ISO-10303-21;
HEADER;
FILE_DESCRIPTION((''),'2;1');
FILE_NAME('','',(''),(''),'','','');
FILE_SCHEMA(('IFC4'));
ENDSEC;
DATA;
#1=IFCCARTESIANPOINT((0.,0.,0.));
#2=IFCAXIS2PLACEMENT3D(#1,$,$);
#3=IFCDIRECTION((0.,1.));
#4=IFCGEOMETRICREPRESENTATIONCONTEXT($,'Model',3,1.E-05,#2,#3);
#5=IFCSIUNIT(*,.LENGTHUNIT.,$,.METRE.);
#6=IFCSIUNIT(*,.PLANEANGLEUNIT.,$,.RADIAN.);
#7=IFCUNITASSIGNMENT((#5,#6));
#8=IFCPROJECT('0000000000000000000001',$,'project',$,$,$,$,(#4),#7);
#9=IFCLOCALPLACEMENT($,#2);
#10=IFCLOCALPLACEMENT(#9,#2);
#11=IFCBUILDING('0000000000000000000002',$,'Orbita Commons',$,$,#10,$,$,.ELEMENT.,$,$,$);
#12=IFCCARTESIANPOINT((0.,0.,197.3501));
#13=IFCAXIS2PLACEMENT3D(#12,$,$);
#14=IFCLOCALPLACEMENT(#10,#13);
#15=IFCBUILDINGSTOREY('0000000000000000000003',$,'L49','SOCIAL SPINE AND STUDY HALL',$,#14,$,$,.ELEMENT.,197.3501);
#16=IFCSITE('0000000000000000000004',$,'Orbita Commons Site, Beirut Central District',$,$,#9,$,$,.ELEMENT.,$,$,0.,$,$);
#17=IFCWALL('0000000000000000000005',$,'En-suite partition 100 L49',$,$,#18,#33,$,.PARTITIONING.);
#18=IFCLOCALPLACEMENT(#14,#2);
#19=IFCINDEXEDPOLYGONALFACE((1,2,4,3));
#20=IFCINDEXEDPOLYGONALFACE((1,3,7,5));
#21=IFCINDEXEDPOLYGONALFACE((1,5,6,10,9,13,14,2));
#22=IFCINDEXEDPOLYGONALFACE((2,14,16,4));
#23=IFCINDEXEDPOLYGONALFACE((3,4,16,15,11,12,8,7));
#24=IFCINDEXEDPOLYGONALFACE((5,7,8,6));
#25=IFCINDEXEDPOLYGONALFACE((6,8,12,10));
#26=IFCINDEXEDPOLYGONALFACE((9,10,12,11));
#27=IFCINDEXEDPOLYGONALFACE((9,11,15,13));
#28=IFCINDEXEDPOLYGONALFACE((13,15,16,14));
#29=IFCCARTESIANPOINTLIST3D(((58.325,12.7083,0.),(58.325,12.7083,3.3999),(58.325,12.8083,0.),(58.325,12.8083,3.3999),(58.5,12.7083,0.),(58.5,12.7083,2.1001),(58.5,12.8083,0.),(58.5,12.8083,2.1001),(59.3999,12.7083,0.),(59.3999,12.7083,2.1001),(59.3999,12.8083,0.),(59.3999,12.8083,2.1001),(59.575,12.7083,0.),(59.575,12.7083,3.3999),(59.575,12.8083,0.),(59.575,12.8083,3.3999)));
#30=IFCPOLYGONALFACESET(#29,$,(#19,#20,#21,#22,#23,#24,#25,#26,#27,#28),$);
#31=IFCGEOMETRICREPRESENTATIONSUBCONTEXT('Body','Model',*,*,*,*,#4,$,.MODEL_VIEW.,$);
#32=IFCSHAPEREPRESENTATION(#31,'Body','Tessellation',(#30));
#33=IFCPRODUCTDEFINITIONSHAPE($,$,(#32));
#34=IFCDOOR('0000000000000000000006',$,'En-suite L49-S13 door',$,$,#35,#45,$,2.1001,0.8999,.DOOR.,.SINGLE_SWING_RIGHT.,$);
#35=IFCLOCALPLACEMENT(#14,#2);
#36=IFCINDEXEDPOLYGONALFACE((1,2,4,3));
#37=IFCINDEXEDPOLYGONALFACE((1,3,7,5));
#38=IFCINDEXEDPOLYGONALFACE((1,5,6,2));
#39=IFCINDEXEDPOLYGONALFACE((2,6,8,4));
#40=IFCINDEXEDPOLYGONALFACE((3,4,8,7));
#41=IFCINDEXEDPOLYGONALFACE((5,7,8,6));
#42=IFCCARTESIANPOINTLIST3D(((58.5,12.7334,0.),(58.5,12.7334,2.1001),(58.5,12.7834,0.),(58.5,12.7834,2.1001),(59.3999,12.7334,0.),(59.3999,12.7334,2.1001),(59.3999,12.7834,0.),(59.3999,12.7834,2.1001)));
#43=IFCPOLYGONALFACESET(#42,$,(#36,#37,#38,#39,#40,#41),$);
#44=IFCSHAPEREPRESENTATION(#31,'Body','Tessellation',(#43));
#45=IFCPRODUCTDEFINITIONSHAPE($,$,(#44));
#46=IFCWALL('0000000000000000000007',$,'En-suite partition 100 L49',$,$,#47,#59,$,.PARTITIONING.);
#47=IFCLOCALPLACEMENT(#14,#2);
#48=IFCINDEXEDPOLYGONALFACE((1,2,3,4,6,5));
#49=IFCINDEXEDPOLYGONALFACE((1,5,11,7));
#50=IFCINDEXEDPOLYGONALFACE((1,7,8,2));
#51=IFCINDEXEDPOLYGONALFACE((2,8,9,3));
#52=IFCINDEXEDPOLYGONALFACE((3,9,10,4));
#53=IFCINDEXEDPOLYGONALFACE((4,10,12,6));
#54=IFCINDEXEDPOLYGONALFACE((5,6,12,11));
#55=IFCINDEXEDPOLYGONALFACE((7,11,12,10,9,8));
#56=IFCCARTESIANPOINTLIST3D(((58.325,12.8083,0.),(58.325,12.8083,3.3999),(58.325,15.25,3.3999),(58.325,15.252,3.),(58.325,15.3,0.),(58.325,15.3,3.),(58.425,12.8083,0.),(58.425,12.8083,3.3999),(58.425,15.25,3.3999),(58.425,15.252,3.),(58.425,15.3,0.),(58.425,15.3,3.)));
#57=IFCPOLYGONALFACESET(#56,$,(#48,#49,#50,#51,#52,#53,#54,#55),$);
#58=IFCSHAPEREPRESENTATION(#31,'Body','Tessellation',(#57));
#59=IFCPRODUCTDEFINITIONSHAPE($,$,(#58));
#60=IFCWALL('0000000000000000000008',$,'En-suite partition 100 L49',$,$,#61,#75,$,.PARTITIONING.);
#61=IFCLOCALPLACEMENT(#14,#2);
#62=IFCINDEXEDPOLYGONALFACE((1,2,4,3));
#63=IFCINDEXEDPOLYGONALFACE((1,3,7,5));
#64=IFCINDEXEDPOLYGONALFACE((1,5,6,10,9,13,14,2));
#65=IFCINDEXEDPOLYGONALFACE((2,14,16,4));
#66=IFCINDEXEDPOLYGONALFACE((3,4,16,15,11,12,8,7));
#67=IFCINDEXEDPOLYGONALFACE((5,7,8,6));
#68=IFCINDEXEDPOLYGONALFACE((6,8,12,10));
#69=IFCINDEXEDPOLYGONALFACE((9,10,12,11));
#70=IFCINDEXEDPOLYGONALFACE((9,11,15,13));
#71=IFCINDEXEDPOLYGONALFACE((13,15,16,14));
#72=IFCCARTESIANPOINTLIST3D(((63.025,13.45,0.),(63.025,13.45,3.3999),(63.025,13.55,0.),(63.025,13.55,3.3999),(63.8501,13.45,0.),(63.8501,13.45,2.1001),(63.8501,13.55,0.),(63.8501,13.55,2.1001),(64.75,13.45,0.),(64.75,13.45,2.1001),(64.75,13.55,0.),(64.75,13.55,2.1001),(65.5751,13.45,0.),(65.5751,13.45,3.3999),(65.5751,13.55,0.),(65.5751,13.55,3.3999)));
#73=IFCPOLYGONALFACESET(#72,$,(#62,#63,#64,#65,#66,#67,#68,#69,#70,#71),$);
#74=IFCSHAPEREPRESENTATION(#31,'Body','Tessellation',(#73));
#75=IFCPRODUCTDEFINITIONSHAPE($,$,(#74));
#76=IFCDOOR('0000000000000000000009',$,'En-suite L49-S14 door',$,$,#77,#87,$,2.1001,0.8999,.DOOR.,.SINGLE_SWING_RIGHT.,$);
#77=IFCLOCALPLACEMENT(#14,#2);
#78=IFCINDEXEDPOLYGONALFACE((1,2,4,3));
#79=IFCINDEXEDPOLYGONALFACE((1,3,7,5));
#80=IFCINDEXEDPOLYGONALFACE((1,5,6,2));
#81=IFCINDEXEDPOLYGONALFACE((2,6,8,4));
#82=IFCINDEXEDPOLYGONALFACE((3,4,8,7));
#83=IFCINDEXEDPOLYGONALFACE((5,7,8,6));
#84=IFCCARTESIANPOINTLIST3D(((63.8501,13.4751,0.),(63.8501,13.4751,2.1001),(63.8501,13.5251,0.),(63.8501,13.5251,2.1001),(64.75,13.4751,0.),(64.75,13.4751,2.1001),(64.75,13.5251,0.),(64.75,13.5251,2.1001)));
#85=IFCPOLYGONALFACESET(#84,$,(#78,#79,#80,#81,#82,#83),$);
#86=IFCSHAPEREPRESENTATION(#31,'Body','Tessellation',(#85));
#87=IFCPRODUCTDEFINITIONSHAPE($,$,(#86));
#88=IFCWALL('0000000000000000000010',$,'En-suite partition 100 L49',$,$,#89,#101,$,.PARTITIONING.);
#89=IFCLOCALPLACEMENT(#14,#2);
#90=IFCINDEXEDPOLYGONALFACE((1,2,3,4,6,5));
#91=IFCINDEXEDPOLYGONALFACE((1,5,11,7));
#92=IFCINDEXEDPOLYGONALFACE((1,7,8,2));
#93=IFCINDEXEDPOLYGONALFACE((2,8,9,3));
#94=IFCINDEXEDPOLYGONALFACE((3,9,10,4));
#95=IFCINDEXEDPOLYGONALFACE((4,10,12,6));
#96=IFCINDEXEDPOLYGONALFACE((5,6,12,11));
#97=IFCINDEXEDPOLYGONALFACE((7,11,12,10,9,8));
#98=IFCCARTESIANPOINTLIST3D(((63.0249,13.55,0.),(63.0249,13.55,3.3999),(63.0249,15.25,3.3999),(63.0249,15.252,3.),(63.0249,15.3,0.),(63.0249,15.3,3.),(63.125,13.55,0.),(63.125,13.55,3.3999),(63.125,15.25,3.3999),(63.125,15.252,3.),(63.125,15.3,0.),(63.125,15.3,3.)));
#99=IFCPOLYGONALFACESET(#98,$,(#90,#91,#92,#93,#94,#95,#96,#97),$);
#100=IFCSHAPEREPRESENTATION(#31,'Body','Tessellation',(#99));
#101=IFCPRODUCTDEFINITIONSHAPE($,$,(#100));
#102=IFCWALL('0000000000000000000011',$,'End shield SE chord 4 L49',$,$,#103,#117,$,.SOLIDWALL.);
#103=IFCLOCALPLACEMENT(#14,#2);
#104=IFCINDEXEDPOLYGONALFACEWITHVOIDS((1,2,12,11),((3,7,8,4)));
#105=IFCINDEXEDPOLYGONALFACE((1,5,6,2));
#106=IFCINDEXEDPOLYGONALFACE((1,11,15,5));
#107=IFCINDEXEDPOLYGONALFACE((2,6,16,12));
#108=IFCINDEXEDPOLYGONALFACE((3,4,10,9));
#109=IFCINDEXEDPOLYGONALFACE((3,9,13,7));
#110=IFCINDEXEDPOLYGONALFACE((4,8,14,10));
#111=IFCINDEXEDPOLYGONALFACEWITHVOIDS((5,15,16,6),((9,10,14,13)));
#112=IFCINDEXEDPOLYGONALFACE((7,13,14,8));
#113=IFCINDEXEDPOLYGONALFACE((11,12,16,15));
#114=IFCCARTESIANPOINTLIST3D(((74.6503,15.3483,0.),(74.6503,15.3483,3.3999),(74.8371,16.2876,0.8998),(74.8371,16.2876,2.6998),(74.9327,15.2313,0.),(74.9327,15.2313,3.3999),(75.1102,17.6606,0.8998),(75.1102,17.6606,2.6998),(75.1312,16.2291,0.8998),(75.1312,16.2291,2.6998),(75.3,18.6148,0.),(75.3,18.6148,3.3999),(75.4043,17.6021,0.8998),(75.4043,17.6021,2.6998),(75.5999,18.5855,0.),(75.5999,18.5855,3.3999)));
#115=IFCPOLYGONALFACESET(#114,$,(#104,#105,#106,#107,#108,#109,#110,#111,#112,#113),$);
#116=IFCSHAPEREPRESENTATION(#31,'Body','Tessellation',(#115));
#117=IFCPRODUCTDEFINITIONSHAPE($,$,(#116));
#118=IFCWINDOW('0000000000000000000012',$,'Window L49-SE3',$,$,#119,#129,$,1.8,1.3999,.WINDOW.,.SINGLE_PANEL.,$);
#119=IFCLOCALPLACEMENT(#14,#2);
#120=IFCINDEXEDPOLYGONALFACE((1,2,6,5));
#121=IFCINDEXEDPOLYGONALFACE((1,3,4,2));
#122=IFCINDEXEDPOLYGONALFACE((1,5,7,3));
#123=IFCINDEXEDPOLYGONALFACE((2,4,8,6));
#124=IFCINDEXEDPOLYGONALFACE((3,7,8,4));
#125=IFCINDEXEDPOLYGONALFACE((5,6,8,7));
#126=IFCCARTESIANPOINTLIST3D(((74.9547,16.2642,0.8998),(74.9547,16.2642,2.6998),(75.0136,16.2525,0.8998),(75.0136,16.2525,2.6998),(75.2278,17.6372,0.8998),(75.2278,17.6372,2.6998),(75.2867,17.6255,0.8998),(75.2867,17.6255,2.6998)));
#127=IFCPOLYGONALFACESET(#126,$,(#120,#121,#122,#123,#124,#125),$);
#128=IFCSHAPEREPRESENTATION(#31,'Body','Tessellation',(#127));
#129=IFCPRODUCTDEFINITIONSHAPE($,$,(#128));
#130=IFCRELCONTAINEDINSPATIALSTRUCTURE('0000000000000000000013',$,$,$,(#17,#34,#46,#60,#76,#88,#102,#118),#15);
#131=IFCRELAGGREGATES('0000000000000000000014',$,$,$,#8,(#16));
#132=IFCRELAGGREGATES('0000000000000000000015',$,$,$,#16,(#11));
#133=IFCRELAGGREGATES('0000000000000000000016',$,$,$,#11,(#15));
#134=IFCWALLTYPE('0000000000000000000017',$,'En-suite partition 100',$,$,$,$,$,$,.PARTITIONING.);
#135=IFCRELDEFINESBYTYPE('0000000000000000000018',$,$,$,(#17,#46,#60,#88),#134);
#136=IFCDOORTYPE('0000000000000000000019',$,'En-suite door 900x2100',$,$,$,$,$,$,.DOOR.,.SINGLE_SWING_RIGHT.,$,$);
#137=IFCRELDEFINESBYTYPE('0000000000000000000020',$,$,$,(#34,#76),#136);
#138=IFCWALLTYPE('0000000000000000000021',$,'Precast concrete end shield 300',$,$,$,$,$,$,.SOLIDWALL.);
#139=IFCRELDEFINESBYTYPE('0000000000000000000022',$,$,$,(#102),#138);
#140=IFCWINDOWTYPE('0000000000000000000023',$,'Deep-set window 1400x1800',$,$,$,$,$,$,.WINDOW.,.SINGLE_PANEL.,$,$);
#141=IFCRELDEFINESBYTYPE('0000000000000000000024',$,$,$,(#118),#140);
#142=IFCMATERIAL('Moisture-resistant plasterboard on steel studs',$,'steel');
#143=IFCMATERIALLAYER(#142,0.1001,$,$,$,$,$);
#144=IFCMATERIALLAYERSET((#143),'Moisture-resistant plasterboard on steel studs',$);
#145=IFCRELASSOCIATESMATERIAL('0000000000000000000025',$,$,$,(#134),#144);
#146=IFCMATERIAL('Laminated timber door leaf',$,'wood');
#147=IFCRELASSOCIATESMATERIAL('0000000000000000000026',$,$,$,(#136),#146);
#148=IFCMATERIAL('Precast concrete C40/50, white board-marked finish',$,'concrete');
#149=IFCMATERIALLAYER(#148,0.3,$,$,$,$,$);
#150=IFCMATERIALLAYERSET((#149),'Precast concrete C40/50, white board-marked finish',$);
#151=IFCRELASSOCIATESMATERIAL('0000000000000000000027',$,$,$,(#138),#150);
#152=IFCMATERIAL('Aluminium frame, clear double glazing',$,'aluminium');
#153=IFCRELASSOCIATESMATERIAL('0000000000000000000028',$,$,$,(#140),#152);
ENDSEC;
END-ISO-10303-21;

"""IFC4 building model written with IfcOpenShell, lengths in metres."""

from ifc_helpers import new_model, si_unit, direction, frame, frame_2d, origin, place, context, subcontext, project, spatial, polyline, rectangle, outline, extrude, material, layer, layer_set, type_object, element, fill, save


model = new_model("IFC4")

# Units and contexts
model_context = context("Model", 3, precision=1e-05, world=origin(), true_north=direction((0.0, 1.0)))
body_context = subcontext(model_context, "Body", "Model", "MODEL_VIEW")
ifc_project = project(units=[si_unit("LENGTHUNIT", "METRE"), si_unit("PLANEANGLEUNIT", "RADIAN")], contexts=[model_context])

# Site, building, storey
site_placement = place(None, origin())
site = spatial("IfcSite", under=ifc_project, at=site_placement, Name="Orbita Commons Site, Beirut Central District", CompositionType="ELEMENT", RefElevation=0.0)
building_placement = place(site_placement, origin())
building = spatial("IfcBuilding", under=site, at=building_placement, Name="Orbita Commons", CompositionType="ELEMENT")
storey_placement = place(building_placement, frame((0.0, 0.0, 197.3501)))
storey = spatial("IfcBuildingStorey", under=building, at=storey_placement, Name="L49", Description="SOCIAL SPINE AND STUDY HALL", CompositionType="ELEMENT", Elevation=197.3501)

# Wall, opening, door
ifc_material_1 = material(Name="Moisture-resistant plasterboard on steel studs", Category="steel")
ifc_layer_1 = layer(ifc_material_1, 0.1001)
ifc_layer_set_1 = layer_set([ifc_layer_1], Name="Moisture-resistant plasterboard on steel studs")
wall_type_1 = type_object("IfcWallType", Name="En-suite partition 100", PredefinedType="PARTITIONING", material=ifc_layer_set_1)
wall_1_placement = place(storey_placement, frame((59.575, 12.7583, 0.0), z_axis=(0.0, 0.0, 1.0), x_axis=(-1.0, 0.0, 0.0)))
wall_1 = element("IfcWall", 1, at=wall_1_placement, inside=storey, type_object=wall_type_1, Name="En-suite partition 100 L49", PredefinedType="PARTITIONING", context=body_context, shape_type="SweptSolid", body=[
    extrude(rectangle(XDim=1.25, YDim=0.1001, at=frame_2d((0.625, 0.0))), origin(), (0.0, 0.0, 1.0), 3.3999),
])
opening_1_placement = place(wall_1_placement, frame((0.175, 0.0, 0.0)))
opening_1 = element("IfcOpeningElement", 2, at=opening_1_placement, cuts=wall_1, PredefinedType="OPENING", context=body_context, shape_type="SweptSolid", body=[
    extrude(rectangle(XDim=0.8999, YDim=2.1001, at=frame_2d((0.45, 1.05))), frame((0.0, 0.0601, 0.0), z_axis=(0.0, -1.0, 0.0), x_axis=(1.0, 0.0, 0.0)), (0.0, 0.0, 1.0), 0.1201),
])
ifc_material_2 = material(Name="Laminated timber door leaf", Category="wood")
door_type_1 = type_object("IfcDoorType", Name="En-suite door 900x2100", OperationType="SINGLE_SWING_RIGHT", PredefinedType="DOOR", material=ifc_material_2)
door_1_placement = place(opening_1_placement, origin())
door_1 = element("IfcDoor", 3, at=door_1_placement, inside=storey, type_object=door_type_1, Name="En-suite L49-S13 door", OperationType="SINGLE_SWING_RIGHT", OverallHeight=2.1001, OverallWidth=0.8999, PredefinedType="DOOR", context=body_context, shape_type="SweptSolid", body=[
    extrude(rectangle(XDim=0.8999, YDim=2.1001, at=frame_2d((0.45, 1.05))), frame((0.0, 0.0249, 0.0), z_axis=(0.0, -1.0, 0.0), x_axis=(1.0, 0.0, 0.0)), (0.0, 0.0, 1.0), 0.05),
])
fill(opening_1, door_1)

# Wall
wall_2_placement = place(storey_placement, frame((58.375, 12.8083, 0.0), z_axis=(0.0, 0.0, 1.0), x_axis=(0.0, 1.0, 0.0)))
element("IfcWall", 4, at=wall_2_placement, inside=storey, type_object=wall_type_1, Name="En-suite partition 100 L49", PredefinedType="PARTITIONING", context=body_context, shape_type="SweptSolid", body=[
    extrude(outline(polyline([(0.0, 0.0), (2.4917, 0.0), (2.4917, 3.0), (2.4436, 3.0), (2.4417, 3.3999), (0.0, 3.3999), (0.0, 0.0)])), frame((0.0, 0.05, 0.0), z_axis=(0.0, -1.0, 0.0), x_axis=(1.0, 0.0, 0.0)), (0.0, 0.0, 1.0), 0.1001),
])

# Wall, opening, door
wall_3_placement = place(storey_placement, frame((65.575, 13.5, 0.0), z_axis=(0.0, 0.0, 1.0), x_axis=(-1.0, 0.0, 0.0)))
wall_3 = element("IfcWall", 5, at=wall_3_placement, inside=storey, type_object=wall_type_1, Name="En-suite partition 100 L49", PredefinedType="PARTITIONING", context=body_context, shape_type="SweptSolid", body=[
    extrude(rectangle(XDim=2.55, YDim=0.1001, at=frame_2d((1.2749, 0.0))), origin(), (0.0, 0.0, 1.0), 3.3999),
])
opening_2_placement = place(wall_3_placement, frame((0.825, 0.0, 0.0)))
opening_2 = element("IfcOpeningElement", 6, at=opening_2_placement, cuts=wall_3, PredefinedType="OPENING", context=body_context, shape_type="SweptSolid", body=[
    extrude(rectangle(XDim=0.8999, YDim=2.1001, at=frame_2d((0.45, 1.05))), frame((0.0, 0.0601, 0.0), z_axis=(0.0, -1.0, 0.0), x_axis=(1.0, 0.0, 0.0)), (0.0, 0.0, 1.0), 0.1201),
])
door_2_placement = place(opening_2_placement, origin())
door_2 = element("IfcDoor", 7, at=door_2_placement, inside=storey, type_object=door_type_1, Name="En-suite L49-S14 door", OperationType="SINGLE_SWING_RIGHT", OverallHeight=2.1001, OverallWidth=0.8999, PredefinedType="DOOR", context=body_context, shape_type="SweptSolid", body=[
    extrude(rectangle(XDim=0.8999, YDim=2.1001, at=frame_2d((0.45, 1.05))), frame((0.0, 0.0249, 0.0), z_axis=(0.0, -1.0, 0.0), x_axis=(1.0, 0.0, 0.0)), (0.0, 0.0, 1.0), 0.05),
])
fill(opening_2, door_2)

# Wall
wall_4_placement = place(storey_placement, frame((63.075, 13.55, 0.0), z_axis=(0.0, 0.0, 1.0), x_axis=(0.0, 1.0, 0.0)))
element("IfcWall", 8, at=wall_4_placement, inside=storey, type_object=wall_type_1, Name="En-suite partition 100 L49", PredefinedType="PARTITIONING", context=body_context, shape_type="SweptSolid", body=[
    extrude(outline(polyline([(0.0, 0.0), (1.75, 0.0), (1.75, 3.0), (1.7019, 3.0), (1.7, 3.3999), (0.0, 3.3999), (0.0, 0.0)])), frame((0.0, 0.05, 0.0), z_axis=(0.0, -1.0, 0.0), x_axis=(1.0, 0.0, 0.0)), (0.0, 0.0, 1.0), 0.1001),
])

# Wall, opening, window
ifc_material_3 = material(Name="Precast concrete C40/50, white board-marked finish", Category="concrete")
ifc_layer_2 = layer(ifc_material_3, 0.3)
ifc_layer_set_2 = layer_set([ifc_layer_2], Name="Precast concrete C40/50, white board-marked finish")
wall_type_2 = type_object("IfcWallType", Name="Precast concrete end shield 300", PredefinedType="SOLIDWALL", material=ifc_layer_set_2)
wall_5_placement = place(storey_placement, frame((74.7915, 15.2898, 0.0), z_axis=(0.0, 0.0, 1.0), x_axis=(0.195087, 0.980786, 0.0)))
wall_5 = element("IfcWall", 9, at=wall_5_placement, inside=storey, type_object=wall_type_2, Name="End shield SE chord 4 L49", PredefinedType="SOLIDWALL", context=body_context, shape_type="SweptSolid", body=[
    extrude(outline(polyline([(-0.0298, -0.1499), (3.3901, -0.1499), (3.3604, 0.1499), (0.0298, 0.1499), (-0.0298, -0.1499)])), origin(), (0.0, 0.0, 1.0), 3.3999),
])
opening_3_placement = place(wall_5_placement, frame((0.9875, 0.0, 0.8999)))
opening_3 = element("IfcOpeningElement", 10, at=opening_3_placement, cuts=wall_5, PredefinedType="OPENING", context=body_context, shape_type="SweptSolid", body=[
    extrude(rectangle(XDim=1.3999, YDim=1.8, at=frame_2d((0.7, 0.8999))), frame((0.0, 0.1599, 0.0), z_axis=(0.0, -1.0, 0.0), x_axis=(1.0, 0.0, 0.0)), (0.0, 0.0, 1.0), 0.3201),
])
ifc_material_4 = material(Name="Aluminium frame, clear double glazing", Category="aluminium")
window_type = type_object("IfcWindowType", Name="Deep-set window 1400x1800", PartitioningType="SINGLE_PANEL", PredefinedType="WINDOW", material=ifc_material_4)
window_placement = place(opening_3_placement, origin())
window = element("IfcWindow", 11, at=window_placement, inside=storey, type_object=window_type, Name="Window L49-SE3", OverallHeight=1.8, OverallWidth=1.3999, PartitioningType="SINGLE_PANEL", PredefinedType="WINDOW", context=body_context, shape_type="SweptSolid", body=[
    extrude(rectangle(XDim=1.3999, YDim=1.8, at=frame_2d((0.7, 0.8999))), frame((0.0, 0.03, 0.0), z_axis=(0.0, -1.0, 0.0), x_axis=(1.0, 0.0, 0.0)), (0.0, 0.0, 1.0), 0.0601),
])
fill(opening_3, window)

save(model, "model.ifc")
